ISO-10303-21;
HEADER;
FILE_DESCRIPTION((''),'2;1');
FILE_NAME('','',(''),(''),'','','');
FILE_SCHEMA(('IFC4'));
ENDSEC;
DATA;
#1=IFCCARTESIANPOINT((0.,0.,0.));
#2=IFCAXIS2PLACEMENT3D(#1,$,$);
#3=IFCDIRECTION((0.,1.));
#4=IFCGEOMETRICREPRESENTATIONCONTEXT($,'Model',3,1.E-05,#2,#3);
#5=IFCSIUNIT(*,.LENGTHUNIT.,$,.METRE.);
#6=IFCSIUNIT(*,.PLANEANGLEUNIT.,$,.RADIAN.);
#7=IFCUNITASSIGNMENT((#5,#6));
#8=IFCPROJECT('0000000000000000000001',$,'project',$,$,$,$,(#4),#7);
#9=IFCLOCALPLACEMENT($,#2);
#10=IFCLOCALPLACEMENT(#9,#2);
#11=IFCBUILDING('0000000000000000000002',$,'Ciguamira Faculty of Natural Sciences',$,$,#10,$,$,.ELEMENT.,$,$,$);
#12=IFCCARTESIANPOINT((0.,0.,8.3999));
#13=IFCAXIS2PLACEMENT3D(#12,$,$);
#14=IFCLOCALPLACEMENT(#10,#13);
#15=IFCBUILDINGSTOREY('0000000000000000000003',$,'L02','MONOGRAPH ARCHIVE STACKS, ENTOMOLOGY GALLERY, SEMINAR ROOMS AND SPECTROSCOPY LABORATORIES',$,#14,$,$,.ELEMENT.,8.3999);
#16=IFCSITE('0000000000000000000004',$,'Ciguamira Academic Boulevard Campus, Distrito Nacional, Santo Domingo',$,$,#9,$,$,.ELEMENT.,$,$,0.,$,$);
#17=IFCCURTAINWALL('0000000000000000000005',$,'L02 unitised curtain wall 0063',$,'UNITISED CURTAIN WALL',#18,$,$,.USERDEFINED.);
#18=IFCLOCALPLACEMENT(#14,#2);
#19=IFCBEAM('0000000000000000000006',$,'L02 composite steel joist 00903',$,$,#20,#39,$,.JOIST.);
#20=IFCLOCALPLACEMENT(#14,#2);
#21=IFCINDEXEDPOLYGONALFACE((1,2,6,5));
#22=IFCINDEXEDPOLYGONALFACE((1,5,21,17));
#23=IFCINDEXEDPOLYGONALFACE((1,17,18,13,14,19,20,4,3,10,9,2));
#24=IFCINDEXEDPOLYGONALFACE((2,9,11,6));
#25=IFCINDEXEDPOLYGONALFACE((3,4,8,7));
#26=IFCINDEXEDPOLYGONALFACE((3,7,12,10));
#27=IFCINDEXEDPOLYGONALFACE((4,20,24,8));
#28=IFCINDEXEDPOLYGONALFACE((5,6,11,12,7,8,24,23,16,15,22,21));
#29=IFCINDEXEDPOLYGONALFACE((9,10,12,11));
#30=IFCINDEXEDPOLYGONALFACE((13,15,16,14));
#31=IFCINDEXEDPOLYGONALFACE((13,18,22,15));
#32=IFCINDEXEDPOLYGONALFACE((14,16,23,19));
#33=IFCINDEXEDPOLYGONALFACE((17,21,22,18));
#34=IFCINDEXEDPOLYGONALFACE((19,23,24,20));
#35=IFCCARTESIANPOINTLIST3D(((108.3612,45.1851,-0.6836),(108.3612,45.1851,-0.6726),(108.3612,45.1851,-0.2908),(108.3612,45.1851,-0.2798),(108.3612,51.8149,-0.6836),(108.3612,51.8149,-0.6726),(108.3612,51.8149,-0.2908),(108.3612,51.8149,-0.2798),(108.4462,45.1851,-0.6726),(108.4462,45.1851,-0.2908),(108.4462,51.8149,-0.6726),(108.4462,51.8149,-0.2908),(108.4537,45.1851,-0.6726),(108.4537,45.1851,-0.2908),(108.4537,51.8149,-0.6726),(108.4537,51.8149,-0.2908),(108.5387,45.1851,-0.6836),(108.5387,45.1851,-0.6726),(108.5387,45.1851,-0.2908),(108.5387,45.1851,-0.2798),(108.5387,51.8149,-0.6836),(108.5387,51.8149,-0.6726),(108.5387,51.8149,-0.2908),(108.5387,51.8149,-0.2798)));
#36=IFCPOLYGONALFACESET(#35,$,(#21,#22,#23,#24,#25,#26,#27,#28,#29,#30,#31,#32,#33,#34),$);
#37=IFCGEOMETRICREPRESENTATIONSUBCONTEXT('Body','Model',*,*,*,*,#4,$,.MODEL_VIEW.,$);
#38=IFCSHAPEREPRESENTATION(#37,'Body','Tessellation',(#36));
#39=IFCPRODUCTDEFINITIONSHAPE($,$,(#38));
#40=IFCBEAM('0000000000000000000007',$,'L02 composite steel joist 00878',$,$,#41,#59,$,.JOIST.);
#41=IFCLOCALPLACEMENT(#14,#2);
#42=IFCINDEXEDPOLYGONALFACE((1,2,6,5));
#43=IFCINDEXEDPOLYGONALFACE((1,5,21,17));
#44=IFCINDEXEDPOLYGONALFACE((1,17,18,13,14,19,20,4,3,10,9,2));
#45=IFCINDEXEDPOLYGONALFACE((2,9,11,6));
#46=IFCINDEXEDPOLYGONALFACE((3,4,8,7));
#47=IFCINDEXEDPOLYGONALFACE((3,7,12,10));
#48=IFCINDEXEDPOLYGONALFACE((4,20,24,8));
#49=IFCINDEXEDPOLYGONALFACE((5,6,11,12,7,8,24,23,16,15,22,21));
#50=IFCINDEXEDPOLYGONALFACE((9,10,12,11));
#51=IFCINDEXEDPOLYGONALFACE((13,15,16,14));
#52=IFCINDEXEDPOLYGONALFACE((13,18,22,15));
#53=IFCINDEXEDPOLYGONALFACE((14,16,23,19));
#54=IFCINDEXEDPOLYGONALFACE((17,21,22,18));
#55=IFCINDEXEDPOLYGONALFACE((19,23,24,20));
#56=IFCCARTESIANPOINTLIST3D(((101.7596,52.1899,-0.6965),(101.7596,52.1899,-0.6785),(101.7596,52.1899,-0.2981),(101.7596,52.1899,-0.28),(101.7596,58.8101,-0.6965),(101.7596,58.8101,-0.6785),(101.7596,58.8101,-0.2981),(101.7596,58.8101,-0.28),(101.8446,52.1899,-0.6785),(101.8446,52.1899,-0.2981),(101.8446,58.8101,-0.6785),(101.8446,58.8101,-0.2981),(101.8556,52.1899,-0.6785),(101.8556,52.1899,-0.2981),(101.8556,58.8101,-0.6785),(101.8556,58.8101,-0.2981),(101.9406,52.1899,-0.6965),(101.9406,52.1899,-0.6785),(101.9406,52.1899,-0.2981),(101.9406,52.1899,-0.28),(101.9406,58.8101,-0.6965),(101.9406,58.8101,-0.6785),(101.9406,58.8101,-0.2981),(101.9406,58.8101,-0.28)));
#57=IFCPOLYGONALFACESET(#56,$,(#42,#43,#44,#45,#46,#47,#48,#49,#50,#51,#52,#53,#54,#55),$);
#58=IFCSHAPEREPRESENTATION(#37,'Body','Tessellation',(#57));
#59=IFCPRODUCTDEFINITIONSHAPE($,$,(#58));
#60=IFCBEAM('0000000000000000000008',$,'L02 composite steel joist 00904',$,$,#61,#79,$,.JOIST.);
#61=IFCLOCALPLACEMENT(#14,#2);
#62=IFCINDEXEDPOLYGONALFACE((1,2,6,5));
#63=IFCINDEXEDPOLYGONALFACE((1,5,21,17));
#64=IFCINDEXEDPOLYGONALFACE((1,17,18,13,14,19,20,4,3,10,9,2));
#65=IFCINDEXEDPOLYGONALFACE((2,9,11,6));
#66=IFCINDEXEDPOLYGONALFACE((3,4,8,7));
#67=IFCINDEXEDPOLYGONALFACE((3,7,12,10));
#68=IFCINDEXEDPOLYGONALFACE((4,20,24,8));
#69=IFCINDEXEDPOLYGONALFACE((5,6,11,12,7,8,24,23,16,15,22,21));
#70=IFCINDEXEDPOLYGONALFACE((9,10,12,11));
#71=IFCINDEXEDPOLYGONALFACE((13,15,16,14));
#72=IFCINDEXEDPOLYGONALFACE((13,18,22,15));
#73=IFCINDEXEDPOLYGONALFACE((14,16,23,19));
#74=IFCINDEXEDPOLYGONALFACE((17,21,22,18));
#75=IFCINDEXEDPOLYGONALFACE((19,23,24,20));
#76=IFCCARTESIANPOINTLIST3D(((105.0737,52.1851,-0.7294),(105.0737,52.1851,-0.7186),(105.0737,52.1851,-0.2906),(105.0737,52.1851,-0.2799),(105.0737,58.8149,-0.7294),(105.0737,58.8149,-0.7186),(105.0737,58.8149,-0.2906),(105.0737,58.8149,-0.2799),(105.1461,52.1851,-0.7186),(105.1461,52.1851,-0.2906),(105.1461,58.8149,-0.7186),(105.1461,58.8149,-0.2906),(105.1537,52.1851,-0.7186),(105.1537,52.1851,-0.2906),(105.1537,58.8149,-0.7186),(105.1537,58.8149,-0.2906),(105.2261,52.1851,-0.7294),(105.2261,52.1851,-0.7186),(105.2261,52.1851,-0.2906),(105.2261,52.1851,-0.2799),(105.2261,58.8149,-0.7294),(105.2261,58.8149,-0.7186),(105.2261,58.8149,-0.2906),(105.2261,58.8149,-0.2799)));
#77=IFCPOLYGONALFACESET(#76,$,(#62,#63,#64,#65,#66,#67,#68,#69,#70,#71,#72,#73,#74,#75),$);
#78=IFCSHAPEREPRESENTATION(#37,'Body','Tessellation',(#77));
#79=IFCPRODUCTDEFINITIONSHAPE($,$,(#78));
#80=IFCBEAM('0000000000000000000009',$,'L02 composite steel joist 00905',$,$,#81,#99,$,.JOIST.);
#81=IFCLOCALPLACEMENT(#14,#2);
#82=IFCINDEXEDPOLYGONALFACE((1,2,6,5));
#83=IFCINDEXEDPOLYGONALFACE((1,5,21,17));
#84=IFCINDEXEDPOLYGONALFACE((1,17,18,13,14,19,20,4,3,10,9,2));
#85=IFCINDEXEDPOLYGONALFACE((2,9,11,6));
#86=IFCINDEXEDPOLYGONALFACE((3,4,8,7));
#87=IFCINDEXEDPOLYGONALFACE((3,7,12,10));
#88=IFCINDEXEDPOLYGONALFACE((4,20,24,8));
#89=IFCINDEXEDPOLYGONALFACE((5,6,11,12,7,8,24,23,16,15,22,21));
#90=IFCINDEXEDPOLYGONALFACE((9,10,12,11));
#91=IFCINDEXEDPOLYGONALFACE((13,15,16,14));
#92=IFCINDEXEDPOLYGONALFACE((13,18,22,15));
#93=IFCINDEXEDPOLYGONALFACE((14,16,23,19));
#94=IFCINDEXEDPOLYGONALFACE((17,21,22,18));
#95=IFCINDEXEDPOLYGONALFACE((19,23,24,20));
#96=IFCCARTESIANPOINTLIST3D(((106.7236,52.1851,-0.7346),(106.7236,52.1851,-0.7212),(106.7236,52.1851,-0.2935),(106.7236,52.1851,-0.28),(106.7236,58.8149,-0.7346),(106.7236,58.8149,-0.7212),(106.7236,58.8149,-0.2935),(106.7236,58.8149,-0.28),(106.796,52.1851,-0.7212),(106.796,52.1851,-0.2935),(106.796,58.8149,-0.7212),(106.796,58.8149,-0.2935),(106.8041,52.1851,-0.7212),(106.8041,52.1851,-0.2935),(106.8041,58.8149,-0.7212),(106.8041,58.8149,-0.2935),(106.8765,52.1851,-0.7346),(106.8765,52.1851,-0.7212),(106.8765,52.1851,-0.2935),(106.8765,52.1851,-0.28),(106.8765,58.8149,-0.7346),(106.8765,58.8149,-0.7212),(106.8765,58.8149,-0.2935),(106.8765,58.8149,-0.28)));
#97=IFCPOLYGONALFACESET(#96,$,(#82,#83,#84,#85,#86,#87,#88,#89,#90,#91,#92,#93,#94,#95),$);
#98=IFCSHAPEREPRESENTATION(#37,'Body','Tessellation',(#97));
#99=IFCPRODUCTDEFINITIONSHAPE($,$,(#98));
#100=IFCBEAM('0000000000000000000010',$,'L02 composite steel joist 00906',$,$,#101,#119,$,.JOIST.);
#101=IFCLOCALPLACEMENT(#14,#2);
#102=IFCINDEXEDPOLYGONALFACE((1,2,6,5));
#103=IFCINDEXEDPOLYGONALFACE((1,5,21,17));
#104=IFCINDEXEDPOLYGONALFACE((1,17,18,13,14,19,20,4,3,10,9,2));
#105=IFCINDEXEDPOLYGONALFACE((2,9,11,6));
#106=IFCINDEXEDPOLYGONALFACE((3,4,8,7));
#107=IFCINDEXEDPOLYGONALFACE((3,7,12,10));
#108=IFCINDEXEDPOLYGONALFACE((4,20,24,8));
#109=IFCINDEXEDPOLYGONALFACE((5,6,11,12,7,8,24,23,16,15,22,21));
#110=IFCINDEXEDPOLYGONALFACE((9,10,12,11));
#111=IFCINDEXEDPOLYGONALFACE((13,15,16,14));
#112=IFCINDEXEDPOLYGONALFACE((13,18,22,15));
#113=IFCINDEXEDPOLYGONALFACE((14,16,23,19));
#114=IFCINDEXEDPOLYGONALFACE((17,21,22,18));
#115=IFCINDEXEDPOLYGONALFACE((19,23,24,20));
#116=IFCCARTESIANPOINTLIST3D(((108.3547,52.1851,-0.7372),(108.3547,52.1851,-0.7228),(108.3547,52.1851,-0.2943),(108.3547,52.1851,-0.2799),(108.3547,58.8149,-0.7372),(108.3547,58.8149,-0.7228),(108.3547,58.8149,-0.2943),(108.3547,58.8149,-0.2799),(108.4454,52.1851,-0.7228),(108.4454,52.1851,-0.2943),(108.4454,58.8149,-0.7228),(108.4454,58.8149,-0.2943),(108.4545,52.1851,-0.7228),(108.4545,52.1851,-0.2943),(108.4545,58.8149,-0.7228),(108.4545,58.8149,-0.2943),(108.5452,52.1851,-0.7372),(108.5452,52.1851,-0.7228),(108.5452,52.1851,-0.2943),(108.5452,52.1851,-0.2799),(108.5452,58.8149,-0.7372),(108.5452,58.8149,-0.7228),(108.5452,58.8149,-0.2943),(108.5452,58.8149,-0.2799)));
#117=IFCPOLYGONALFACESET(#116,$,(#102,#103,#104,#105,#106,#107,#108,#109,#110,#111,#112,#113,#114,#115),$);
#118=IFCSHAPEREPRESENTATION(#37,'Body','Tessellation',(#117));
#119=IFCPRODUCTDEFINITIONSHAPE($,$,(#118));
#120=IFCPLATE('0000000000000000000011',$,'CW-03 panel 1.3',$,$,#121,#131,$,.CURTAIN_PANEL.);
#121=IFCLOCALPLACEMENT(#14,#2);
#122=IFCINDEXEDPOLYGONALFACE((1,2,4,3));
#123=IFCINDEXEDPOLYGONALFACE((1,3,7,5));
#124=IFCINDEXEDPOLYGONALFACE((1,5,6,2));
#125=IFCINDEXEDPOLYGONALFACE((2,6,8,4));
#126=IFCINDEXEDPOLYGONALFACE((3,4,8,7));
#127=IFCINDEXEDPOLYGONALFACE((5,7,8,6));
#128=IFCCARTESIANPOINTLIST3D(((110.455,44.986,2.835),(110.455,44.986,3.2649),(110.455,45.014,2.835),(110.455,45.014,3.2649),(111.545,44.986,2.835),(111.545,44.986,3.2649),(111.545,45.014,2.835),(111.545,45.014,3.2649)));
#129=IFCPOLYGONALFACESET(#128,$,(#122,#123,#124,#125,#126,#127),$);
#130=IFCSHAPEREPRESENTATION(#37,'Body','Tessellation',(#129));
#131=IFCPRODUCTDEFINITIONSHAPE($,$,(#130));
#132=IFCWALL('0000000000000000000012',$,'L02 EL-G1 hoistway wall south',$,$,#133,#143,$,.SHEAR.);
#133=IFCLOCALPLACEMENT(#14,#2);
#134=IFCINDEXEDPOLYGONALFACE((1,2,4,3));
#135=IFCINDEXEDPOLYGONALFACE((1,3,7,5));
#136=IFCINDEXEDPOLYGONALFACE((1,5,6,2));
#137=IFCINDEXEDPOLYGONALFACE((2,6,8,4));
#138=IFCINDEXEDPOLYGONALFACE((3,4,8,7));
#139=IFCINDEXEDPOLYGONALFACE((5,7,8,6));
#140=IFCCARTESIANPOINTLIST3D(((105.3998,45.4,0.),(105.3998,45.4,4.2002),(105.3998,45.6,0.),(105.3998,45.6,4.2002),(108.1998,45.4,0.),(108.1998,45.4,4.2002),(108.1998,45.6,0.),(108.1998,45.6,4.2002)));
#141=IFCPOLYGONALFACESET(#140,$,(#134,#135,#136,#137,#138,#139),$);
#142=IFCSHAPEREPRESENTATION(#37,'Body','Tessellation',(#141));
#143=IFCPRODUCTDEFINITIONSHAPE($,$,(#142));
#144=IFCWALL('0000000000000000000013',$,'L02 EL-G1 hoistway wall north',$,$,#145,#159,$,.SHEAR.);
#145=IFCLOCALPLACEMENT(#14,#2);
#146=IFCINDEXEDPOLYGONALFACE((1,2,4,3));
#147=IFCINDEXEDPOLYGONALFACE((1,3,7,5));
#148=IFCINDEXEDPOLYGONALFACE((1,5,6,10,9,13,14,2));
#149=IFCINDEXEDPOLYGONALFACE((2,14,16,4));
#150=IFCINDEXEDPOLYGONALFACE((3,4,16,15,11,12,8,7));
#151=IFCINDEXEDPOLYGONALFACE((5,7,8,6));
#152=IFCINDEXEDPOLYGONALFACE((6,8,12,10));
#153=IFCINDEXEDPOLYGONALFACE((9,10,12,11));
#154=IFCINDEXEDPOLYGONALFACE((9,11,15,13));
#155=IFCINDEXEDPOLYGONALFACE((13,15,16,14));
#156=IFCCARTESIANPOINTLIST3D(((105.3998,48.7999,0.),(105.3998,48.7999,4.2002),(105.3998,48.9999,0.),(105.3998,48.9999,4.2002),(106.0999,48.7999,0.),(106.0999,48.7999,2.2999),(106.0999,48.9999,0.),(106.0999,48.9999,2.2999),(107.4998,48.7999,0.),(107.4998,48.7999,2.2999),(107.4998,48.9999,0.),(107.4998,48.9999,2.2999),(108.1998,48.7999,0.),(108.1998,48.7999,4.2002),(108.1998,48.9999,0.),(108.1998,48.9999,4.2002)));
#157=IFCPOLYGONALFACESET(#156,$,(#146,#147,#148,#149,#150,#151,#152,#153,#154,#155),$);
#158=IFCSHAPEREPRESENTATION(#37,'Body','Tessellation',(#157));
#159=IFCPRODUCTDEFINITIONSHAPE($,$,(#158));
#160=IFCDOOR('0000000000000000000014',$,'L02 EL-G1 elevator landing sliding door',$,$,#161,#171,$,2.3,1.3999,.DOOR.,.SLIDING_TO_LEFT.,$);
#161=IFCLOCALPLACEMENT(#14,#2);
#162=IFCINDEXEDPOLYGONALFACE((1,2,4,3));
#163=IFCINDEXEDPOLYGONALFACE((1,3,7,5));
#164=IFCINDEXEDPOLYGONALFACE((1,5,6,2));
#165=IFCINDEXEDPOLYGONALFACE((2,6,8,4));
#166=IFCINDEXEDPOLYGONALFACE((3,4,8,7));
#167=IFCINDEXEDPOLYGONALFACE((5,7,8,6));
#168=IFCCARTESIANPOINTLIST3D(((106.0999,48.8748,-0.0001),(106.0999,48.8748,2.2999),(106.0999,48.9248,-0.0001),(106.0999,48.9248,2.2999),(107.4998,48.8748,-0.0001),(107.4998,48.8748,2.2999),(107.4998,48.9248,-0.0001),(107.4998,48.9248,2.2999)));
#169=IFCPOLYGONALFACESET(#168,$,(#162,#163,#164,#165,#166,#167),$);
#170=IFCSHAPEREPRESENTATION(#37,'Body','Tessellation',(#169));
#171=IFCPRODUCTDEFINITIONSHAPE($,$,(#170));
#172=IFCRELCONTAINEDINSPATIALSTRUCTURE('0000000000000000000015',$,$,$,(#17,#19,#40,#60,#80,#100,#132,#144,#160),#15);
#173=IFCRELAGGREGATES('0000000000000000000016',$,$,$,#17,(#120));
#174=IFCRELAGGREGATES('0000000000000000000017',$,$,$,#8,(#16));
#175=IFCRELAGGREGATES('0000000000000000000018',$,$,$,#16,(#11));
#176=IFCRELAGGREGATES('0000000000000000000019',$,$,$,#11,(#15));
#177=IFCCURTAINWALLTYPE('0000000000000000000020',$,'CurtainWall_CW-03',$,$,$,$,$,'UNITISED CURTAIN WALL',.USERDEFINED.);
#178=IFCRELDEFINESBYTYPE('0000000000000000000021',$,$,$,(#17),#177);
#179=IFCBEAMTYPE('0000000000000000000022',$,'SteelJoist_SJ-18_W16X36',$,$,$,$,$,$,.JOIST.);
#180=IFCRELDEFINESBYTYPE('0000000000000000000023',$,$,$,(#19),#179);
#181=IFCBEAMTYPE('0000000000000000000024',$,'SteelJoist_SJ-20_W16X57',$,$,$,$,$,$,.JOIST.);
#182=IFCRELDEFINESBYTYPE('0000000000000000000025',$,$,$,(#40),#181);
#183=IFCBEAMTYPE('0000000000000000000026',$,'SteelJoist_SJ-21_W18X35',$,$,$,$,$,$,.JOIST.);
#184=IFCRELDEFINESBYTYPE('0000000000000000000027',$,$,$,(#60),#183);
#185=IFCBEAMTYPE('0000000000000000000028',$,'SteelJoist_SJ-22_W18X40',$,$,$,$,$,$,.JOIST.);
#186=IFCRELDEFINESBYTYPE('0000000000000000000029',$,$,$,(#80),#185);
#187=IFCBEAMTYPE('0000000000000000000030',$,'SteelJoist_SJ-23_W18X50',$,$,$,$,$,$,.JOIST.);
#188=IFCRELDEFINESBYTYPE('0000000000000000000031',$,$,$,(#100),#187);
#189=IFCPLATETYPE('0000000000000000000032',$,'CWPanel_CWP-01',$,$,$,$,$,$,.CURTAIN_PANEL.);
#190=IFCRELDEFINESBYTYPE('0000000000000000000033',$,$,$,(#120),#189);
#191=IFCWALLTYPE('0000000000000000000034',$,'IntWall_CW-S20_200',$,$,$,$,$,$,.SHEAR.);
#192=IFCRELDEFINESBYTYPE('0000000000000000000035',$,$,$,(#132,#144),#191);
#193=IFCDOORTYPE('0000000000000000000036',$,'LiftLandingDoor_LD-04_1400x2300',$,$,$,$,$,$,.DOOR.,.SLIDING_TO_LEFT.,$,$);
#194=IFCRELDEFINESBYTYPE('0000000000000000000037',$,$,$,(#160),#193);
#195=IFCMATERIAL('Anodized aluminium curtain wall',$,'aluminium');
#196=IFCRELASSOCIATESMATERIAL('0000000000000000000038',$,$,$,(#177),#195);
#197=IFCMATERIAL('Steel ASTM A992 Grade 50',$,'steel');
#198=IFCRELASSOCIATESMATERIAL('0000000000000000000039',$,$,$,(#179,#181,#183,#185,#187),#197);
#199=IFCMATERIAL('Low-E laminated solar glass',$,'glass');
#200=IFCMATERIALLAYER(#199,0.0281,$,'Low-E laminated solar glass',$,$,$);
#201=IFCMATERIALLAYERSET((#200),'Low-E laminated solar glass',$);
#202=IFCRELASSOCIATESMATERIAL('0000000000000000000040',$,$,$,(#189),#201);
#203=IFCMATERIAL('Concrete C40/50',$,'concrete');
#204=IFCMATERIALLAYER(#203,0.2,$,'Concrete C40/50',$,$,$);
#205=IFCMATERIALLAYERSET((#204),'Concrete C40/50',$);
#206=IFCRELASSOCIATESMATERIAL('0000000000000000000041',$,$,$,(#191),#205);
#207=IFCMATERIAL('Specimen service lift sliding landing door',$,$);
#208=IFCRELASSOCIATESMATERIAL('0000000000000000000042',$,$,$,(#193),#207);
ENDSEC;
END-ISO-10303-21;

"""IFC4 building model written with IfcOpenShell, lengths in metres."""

from ifc_helpers import new_model, si_unit, direction, frame, frame_2d, origin, origin_2d, place, context, subcontext, project, spatial, rectangle, i_section, extrude, material, layer, layer_set, material_profile, profile_set, type_object, element, fill, aggregate, save


model = new_model("IFC4")

# Units and contexts
model_context = context("Model", 3, precision=1e-05, world=origin(), true_north=direction((0.0, 1.0)))
body_context = subcontext(model_context, "Body", "Model", "MODEL_VIEW")
ifc_project = project(units=[si_unit("LENGTHUNIT", "METRE"), si_unit("PLANEANGLEUNIT", "RADIAN")], contexts=[model_context])

# Site, building, storey
site_placement = place(None, origin())
site = spatial("IfcSite", under=ifc_project, at=site_placement, Name="Ciguamira Academic Boulevard Campus, Distrito Nacional, Santo Domingo", CompositionType="ELEMENT", RefElevation=0.0)
building_placement = place(site_placement, origin())
building = spatial("IfcBuilding", under=site, at=building_placement, Name="Ciguamira Faculty of Natural Sciences", CompositionType="ELEMENT")
storey_placement = place(building_placement, frame((0.0, 0.0, 8.3999)))
storey = spatial("IfcBuildingStorey", under=building, at=storey_placement, Name="L02", Description="MONOGRAPH ARCHIVE STACKS, ENTOMOLOGY GALLERY, SEMINAR ROOMS AND SPECTROSCOPY LABORATORIES", CompositionType="ELEMENT", Elevation=8.3999)

# Shared definitions
ifc_material_1 = material(Name="Concrete C40/50", Category="concrete")

# Curtain wall
ifc_material_2 = material(Name="Anodized aluminium curtain wall", Category="aluminium")
curtain_wall_type = type_object("IfcCurtainWallType", Name="CurtainWall_CW-03", ElementType="UNITISED CURTAIN WALL", PredefinedType="USERDEFINED", material=ifc_material_2)
curtain_wall_placement = place(storey_placement, origin())
curtain_wall = element("IfcCurtainWall", 1, at=curtain_wall_placement, inside=storey, type_object=curtain_wall_type, Name="L02 unitised curtain wall 0063", ObjectType="UNITISED CURTAIN WALL", PredefinedType="USERDEFINED")

# Beams
ifc_material_3 = material(Name="Steel ASTM A992 Grade 50", Category="steel")
ifc_material_profile_1 = material_profile(ifc_material_3, i_section(OverallWidth=0.1775, OverallDepth=0.4038, WebThickness=0.0076, FlangeThickness=0.011, at=origin_2d()), Name="W16X36")
ifc_profile_set_1 = profile_set([ifc_material_profile_1], Name="Steel ASTM A992 Grade 50")
beam_type_1 = type_object("IfcBeamType", Name="SteelJoist_SJ-18_W16X36", PredefinedType="JOIST", material=ifc_profile_set_1)
beam_1_placement = place(storey_placement, frame((108.45, 45.1851, -0.4817), z_axis=(0.0, 1.0, 0.0), x_axis=(-1.0, 0.0, 0.0)))
element("IfcBeam", 2, at=beam_1_placement, inside=storey, type_object=beam_type_1, Name="L02 composite steel joist 00903", PredefinedType="JOIST", context=body_context, shape_type="SweptSolid", body=[
    extrude(i_section(OverallWidth=0.1775, OverallDepth=0.4038, WebThickness=0.0076, FlangeThickness=0.011, at=origin_2d()), origin(), (0.0, 0.0, 1.0), 6.6299),
])
ifc_material_profile_2 = material_profile(ifc_material_3, i_section(OverallWidth=0.1809, OverallDepth=0.4165, WebThickness=0.011, FlangeThickness=0.0181, at=origin_2d()), Name="W16X57")
ifc_profile_set_2 = profile_set([ifc_material_profile_2], Name="Steel ASTM A992 Grade 50")
beam_type_2 = type_object("IfcBeamType", Name="SteelJoist_SJ-20_W16X57", PredefinedType="JOIST", material=ifc_profile_set_2)
beam_2_placement = place(storey_placement, frame((101.8501, 52.1899, -0.4883), z_axis=(0.0, 1.0, 0.0), x_axis=(-1.0, 0.0, 0.0)))
element("IfcBeam", 3, at=beam_2_placement, inside=storey, type_object=beam_type_2, Name="L02 composite steel joist 00878", PredefinedType="JOIST", context=body_context, shape_type="SweptSolid", body=[
    extrude(i_section(OverallWidth=0.1809, OverallDepth=0.4165, WebThickness=0.011, FlangeThickness=0.0181, at=origin_2d()), origin(), (0.0, 0.0, 1.0), 6.6201),
])
ifc_material_profile_3 = material_profile(ifc_material_3, i_section(OverallWidth=0.1523, OverallDepth=0.4495, WebThickness=0.0076, FlangeThickness=0.0107, at=origin_2d()), Name="W18X35")
ifc_profile_set_3 = profile_set([ifc_material_profile_3], Name="Steel ASTM A992 Grade 50")
beam_type_3 = type_object("IfcBeamType", Name="SteelJoist_SJ-21_W18X35", PredefinedType="JOIST", material=ifc_profile_set_3)
beam_3_placement = place(storey_placement, frame((105.1499, 52.1851, -0.5046), z_axis=(0.0, 1.0, 0.0), x_axis=(-1.0, 0.0, 0.0)))
element("IfcBeam", 4, at=beam_3_placement, inside=storey, type_object=beam_type_3, Name="L02 composite steel joist 00904", PredefinedType="JOIST", context=body_context, shape_type="SweptSolid", body=[
    extrude(i_section(OverallWidth=0.1523, OverallDepth=0.4495, WebThickness=0.0076, FlangeThickness=0.0107, at=origin_2d()), origin(), (0.0, 0.0, 1.0), 6.6299),
])
ifc_material_profile_4 = material_profile(ifc_material_3, i_section(OverallWidth=0.1528, OverallDepth=0.4546, WebThickness=0.0081, FlangeThickness=0.0134, at=origin_2d()), Name="W18X40")
ifc_profile_set_4 = profile_set([ifc_material_profile_4], Name="Steel ASTM A992 Grade 50")
beam_type_4 = type_object("IfcBeamType", Name="SteelJoist_SJ-22_W18X40", PredefinedType="JOIST", material=ifc_profile_set_4)
beam_4_placement = place(storey_placement, frame((106.8, 52.1851, -0.5073), z_axis=(0.0, 1.0, 0.0), x_axis=(-1.0, 0.0, 0.0)))
element("IfcBeam", 5, at=beam_4_placement, inside=storey, type_object=beam_type_4, Name="L02 composite steel joist 00905", PredefinedType="JOIST", context=body_context, shape_type="SweptSolid", body=[
    extrude(i_section(OverallWidth=0.1528, OverallDepth=0.4546, WebThickness=0.0081, FlangeThickness=0.0134, at=origin_2d()), origin(), (0.0, 0.0, 1.0), 6.6299),
])
ifc_material_profile_5 = material_profile(ifc_material_3, i_section(OverallWidth=0.1904, OverallDepth=0.4573, WebThickness=0.009, FlangeThickness=0.0144, at=origin_2d()), Name="W18X50")
ifc_profile_set_5 = profile_set([ifc_material_profile_5], Name="Steel ASTM A992 Grade 50")
beam_type_5 = type_object("IfcBeamType", Name="SteelJoist_SJ-23_W18X50", PredefinedType="JOIST", material=ifc_profile_set_5)
beam_5_placement = place(storey_placement, frame((108.45, 52.1851, -0.5085), z_axis=(0.0, 1.0, 0.0), x_axis=(-1.0, 0.0, 0.0)))
element("IfcBeam", 6, at=beam_5_placement, inside=storey, type_object=beam_type_5, Name="L02 composite steel joist 00906", PredefinedType="JOIST", context=body_context, shape_type="SweptSolid", body=[
    extrude(i_section(OverallWidth=0.1904, OverallDepth=0.4573, WebThickness=0.009, FlangeThickness=0.0144, at=origin_2d()), origin(), (0.0, 0.0, 1.0), 6.6299),
])

# Plate
ifc_material_4 = material(Name="Low-E laminated solar glass", Category="glass")
ifc_layer_1 = layer(ifc_material_4, 0.0281, Name="Low-E laminated solar glass")
ifc_layer_set_1 = layer_set([ifc_layer_1], Name="Low-E laminated solar glass")
plate_type = type_object("IfcPlateType", Name="CWPanel_CWP-01", PredefinedType="CURTAIN_PANEL", material=ifc_layer_set_1)
plate_placement = place(storey_placement, frame((111.0, 45.0, 2.835), z_axis=(0.0, 0.0, 1.0), x_axis=(1.0, 0.0, 0.0)))
plate = element("IfcPlate", 7, at=plate_placement, type_object=plate_type, Name="CW-03 panel 1.3", PredefinedType="CURTAIN_PANEL", context=body_context, shape_type="SweptSolid", body=[
    extrude(rectangle(XDim=1.0901, YDim=0.0281, at=origin_2d()), origin(), (0.0, 0.0, 1.0), 0.4299),
])
aggregate(curtain_wall, [plate])

# Wall
ifc_layer_2 = layer(ifc_material_1, 0.2, Name="Concrete C40/50")
ifc_layer_set_2 = layer_set([ifc_layer_2], Name="Concrete C40/50")
wall_type_1 = type_object("IfcWallType", Name="IntWall_CW-S20_200", PredefinedType="SHEAR", material=ifc_layer_set_2)
wall_1_placement = place(storey_placement, frame((105.3999, 45.5, 0.0), z_axis=(0.0, 0.0, 1.0), x_axis=(1.0, 0.0, 0.0)))
element("IfcWall", 8, at=wall_1_placement, inside=storey, type_object=wall_type_1, Name="L02 EL-G1 hoistway wall south", PredefinedType="SHEAR", context=body_context, shape_type="SweptSolid", body=[
    extrude(rectangle(XDim=2.8, YDim=0.2, at=frame_2d((1.3999, 0.0))), origin(), (0.0, 0.0, 1.0), 4.2002),
])

# Wall, opening, door
wall_2_placement = place(storey_placement, frame((105.3999, 48.8999, 0.0), z_axis=(0.0, 0.0, 1.0), x_axis=(1.0, 0.0, 0.0)))
wall_2 = element("IfcWall", 9, at=wall_2_placement, inside=storey, type_object=wall_type_1, Name="L02 EL-G1 hoistway wall north", PredefinedType="SHEAR", context=body_context, shape_type="SweptSolid", body=[
    extrude(rectangle(XDim=2.8, YDim=0.2, at=frame_2d((1.3999, 0.0))), origin(), (0.0, 0.0, 1.0), 4.2002),
])
opening_placement = place(wall_2_placement, frame((0.7, 0.0, 0.0)))
opening = element("IfcOpeningElement", 10, at=opening_placement, cuts=wall_2, PredefinedType="OPENING", context=body_context, shape_type="SweptSolid", body=[
    extrude(rectangle(XDim=1.3999, YDim=2.3, at=frame_2d((0.7, 1.1499))), frame((0.0, 0.1099, 0.0), z_axis=(0.0, -1.0, 0.0), x_axis=(1.0, 0.0, 0.0)), (0.0, 0.0, 1.0), 0.22),
])
ifc_material_5 = material(Name="Specimen service lift sliding landing door")
door_type = type_object("IfcDoorType", Name="LiftLandingDoor_LD-04_1400x2300", OperationType="SLIDING_TO_LEFT", PredefinedType="DOOR", material=ifc_material_5)
door_placement = place(opening_placement, origin())
door = element("IfcDoor", 11, at=door_placement, inside=storey, type_object=door_type, Name="L02 EL-G1 elevator landing sliding door", OperationType="SLIDING_TO_LEFT", OverallHeight=2.3, OverallWidth=1.3999, PredefinedType="DOOR", context=body_context, shape_type="SweptSolid", body=[
    extrude(rectangle(XDim=1.3999, YDim=2.3, at=frame_2d((0.7, 1.1499))), frame((0.0, 0.0249, 0.0), z_axis=(0.0, -1.0, 0.0), x_axis=(1.0, 0.0, 0.0)), (0.0, 0.0, 1.0), 0.05),
])
fill(opening, door)

save(model, "model.ifc")
